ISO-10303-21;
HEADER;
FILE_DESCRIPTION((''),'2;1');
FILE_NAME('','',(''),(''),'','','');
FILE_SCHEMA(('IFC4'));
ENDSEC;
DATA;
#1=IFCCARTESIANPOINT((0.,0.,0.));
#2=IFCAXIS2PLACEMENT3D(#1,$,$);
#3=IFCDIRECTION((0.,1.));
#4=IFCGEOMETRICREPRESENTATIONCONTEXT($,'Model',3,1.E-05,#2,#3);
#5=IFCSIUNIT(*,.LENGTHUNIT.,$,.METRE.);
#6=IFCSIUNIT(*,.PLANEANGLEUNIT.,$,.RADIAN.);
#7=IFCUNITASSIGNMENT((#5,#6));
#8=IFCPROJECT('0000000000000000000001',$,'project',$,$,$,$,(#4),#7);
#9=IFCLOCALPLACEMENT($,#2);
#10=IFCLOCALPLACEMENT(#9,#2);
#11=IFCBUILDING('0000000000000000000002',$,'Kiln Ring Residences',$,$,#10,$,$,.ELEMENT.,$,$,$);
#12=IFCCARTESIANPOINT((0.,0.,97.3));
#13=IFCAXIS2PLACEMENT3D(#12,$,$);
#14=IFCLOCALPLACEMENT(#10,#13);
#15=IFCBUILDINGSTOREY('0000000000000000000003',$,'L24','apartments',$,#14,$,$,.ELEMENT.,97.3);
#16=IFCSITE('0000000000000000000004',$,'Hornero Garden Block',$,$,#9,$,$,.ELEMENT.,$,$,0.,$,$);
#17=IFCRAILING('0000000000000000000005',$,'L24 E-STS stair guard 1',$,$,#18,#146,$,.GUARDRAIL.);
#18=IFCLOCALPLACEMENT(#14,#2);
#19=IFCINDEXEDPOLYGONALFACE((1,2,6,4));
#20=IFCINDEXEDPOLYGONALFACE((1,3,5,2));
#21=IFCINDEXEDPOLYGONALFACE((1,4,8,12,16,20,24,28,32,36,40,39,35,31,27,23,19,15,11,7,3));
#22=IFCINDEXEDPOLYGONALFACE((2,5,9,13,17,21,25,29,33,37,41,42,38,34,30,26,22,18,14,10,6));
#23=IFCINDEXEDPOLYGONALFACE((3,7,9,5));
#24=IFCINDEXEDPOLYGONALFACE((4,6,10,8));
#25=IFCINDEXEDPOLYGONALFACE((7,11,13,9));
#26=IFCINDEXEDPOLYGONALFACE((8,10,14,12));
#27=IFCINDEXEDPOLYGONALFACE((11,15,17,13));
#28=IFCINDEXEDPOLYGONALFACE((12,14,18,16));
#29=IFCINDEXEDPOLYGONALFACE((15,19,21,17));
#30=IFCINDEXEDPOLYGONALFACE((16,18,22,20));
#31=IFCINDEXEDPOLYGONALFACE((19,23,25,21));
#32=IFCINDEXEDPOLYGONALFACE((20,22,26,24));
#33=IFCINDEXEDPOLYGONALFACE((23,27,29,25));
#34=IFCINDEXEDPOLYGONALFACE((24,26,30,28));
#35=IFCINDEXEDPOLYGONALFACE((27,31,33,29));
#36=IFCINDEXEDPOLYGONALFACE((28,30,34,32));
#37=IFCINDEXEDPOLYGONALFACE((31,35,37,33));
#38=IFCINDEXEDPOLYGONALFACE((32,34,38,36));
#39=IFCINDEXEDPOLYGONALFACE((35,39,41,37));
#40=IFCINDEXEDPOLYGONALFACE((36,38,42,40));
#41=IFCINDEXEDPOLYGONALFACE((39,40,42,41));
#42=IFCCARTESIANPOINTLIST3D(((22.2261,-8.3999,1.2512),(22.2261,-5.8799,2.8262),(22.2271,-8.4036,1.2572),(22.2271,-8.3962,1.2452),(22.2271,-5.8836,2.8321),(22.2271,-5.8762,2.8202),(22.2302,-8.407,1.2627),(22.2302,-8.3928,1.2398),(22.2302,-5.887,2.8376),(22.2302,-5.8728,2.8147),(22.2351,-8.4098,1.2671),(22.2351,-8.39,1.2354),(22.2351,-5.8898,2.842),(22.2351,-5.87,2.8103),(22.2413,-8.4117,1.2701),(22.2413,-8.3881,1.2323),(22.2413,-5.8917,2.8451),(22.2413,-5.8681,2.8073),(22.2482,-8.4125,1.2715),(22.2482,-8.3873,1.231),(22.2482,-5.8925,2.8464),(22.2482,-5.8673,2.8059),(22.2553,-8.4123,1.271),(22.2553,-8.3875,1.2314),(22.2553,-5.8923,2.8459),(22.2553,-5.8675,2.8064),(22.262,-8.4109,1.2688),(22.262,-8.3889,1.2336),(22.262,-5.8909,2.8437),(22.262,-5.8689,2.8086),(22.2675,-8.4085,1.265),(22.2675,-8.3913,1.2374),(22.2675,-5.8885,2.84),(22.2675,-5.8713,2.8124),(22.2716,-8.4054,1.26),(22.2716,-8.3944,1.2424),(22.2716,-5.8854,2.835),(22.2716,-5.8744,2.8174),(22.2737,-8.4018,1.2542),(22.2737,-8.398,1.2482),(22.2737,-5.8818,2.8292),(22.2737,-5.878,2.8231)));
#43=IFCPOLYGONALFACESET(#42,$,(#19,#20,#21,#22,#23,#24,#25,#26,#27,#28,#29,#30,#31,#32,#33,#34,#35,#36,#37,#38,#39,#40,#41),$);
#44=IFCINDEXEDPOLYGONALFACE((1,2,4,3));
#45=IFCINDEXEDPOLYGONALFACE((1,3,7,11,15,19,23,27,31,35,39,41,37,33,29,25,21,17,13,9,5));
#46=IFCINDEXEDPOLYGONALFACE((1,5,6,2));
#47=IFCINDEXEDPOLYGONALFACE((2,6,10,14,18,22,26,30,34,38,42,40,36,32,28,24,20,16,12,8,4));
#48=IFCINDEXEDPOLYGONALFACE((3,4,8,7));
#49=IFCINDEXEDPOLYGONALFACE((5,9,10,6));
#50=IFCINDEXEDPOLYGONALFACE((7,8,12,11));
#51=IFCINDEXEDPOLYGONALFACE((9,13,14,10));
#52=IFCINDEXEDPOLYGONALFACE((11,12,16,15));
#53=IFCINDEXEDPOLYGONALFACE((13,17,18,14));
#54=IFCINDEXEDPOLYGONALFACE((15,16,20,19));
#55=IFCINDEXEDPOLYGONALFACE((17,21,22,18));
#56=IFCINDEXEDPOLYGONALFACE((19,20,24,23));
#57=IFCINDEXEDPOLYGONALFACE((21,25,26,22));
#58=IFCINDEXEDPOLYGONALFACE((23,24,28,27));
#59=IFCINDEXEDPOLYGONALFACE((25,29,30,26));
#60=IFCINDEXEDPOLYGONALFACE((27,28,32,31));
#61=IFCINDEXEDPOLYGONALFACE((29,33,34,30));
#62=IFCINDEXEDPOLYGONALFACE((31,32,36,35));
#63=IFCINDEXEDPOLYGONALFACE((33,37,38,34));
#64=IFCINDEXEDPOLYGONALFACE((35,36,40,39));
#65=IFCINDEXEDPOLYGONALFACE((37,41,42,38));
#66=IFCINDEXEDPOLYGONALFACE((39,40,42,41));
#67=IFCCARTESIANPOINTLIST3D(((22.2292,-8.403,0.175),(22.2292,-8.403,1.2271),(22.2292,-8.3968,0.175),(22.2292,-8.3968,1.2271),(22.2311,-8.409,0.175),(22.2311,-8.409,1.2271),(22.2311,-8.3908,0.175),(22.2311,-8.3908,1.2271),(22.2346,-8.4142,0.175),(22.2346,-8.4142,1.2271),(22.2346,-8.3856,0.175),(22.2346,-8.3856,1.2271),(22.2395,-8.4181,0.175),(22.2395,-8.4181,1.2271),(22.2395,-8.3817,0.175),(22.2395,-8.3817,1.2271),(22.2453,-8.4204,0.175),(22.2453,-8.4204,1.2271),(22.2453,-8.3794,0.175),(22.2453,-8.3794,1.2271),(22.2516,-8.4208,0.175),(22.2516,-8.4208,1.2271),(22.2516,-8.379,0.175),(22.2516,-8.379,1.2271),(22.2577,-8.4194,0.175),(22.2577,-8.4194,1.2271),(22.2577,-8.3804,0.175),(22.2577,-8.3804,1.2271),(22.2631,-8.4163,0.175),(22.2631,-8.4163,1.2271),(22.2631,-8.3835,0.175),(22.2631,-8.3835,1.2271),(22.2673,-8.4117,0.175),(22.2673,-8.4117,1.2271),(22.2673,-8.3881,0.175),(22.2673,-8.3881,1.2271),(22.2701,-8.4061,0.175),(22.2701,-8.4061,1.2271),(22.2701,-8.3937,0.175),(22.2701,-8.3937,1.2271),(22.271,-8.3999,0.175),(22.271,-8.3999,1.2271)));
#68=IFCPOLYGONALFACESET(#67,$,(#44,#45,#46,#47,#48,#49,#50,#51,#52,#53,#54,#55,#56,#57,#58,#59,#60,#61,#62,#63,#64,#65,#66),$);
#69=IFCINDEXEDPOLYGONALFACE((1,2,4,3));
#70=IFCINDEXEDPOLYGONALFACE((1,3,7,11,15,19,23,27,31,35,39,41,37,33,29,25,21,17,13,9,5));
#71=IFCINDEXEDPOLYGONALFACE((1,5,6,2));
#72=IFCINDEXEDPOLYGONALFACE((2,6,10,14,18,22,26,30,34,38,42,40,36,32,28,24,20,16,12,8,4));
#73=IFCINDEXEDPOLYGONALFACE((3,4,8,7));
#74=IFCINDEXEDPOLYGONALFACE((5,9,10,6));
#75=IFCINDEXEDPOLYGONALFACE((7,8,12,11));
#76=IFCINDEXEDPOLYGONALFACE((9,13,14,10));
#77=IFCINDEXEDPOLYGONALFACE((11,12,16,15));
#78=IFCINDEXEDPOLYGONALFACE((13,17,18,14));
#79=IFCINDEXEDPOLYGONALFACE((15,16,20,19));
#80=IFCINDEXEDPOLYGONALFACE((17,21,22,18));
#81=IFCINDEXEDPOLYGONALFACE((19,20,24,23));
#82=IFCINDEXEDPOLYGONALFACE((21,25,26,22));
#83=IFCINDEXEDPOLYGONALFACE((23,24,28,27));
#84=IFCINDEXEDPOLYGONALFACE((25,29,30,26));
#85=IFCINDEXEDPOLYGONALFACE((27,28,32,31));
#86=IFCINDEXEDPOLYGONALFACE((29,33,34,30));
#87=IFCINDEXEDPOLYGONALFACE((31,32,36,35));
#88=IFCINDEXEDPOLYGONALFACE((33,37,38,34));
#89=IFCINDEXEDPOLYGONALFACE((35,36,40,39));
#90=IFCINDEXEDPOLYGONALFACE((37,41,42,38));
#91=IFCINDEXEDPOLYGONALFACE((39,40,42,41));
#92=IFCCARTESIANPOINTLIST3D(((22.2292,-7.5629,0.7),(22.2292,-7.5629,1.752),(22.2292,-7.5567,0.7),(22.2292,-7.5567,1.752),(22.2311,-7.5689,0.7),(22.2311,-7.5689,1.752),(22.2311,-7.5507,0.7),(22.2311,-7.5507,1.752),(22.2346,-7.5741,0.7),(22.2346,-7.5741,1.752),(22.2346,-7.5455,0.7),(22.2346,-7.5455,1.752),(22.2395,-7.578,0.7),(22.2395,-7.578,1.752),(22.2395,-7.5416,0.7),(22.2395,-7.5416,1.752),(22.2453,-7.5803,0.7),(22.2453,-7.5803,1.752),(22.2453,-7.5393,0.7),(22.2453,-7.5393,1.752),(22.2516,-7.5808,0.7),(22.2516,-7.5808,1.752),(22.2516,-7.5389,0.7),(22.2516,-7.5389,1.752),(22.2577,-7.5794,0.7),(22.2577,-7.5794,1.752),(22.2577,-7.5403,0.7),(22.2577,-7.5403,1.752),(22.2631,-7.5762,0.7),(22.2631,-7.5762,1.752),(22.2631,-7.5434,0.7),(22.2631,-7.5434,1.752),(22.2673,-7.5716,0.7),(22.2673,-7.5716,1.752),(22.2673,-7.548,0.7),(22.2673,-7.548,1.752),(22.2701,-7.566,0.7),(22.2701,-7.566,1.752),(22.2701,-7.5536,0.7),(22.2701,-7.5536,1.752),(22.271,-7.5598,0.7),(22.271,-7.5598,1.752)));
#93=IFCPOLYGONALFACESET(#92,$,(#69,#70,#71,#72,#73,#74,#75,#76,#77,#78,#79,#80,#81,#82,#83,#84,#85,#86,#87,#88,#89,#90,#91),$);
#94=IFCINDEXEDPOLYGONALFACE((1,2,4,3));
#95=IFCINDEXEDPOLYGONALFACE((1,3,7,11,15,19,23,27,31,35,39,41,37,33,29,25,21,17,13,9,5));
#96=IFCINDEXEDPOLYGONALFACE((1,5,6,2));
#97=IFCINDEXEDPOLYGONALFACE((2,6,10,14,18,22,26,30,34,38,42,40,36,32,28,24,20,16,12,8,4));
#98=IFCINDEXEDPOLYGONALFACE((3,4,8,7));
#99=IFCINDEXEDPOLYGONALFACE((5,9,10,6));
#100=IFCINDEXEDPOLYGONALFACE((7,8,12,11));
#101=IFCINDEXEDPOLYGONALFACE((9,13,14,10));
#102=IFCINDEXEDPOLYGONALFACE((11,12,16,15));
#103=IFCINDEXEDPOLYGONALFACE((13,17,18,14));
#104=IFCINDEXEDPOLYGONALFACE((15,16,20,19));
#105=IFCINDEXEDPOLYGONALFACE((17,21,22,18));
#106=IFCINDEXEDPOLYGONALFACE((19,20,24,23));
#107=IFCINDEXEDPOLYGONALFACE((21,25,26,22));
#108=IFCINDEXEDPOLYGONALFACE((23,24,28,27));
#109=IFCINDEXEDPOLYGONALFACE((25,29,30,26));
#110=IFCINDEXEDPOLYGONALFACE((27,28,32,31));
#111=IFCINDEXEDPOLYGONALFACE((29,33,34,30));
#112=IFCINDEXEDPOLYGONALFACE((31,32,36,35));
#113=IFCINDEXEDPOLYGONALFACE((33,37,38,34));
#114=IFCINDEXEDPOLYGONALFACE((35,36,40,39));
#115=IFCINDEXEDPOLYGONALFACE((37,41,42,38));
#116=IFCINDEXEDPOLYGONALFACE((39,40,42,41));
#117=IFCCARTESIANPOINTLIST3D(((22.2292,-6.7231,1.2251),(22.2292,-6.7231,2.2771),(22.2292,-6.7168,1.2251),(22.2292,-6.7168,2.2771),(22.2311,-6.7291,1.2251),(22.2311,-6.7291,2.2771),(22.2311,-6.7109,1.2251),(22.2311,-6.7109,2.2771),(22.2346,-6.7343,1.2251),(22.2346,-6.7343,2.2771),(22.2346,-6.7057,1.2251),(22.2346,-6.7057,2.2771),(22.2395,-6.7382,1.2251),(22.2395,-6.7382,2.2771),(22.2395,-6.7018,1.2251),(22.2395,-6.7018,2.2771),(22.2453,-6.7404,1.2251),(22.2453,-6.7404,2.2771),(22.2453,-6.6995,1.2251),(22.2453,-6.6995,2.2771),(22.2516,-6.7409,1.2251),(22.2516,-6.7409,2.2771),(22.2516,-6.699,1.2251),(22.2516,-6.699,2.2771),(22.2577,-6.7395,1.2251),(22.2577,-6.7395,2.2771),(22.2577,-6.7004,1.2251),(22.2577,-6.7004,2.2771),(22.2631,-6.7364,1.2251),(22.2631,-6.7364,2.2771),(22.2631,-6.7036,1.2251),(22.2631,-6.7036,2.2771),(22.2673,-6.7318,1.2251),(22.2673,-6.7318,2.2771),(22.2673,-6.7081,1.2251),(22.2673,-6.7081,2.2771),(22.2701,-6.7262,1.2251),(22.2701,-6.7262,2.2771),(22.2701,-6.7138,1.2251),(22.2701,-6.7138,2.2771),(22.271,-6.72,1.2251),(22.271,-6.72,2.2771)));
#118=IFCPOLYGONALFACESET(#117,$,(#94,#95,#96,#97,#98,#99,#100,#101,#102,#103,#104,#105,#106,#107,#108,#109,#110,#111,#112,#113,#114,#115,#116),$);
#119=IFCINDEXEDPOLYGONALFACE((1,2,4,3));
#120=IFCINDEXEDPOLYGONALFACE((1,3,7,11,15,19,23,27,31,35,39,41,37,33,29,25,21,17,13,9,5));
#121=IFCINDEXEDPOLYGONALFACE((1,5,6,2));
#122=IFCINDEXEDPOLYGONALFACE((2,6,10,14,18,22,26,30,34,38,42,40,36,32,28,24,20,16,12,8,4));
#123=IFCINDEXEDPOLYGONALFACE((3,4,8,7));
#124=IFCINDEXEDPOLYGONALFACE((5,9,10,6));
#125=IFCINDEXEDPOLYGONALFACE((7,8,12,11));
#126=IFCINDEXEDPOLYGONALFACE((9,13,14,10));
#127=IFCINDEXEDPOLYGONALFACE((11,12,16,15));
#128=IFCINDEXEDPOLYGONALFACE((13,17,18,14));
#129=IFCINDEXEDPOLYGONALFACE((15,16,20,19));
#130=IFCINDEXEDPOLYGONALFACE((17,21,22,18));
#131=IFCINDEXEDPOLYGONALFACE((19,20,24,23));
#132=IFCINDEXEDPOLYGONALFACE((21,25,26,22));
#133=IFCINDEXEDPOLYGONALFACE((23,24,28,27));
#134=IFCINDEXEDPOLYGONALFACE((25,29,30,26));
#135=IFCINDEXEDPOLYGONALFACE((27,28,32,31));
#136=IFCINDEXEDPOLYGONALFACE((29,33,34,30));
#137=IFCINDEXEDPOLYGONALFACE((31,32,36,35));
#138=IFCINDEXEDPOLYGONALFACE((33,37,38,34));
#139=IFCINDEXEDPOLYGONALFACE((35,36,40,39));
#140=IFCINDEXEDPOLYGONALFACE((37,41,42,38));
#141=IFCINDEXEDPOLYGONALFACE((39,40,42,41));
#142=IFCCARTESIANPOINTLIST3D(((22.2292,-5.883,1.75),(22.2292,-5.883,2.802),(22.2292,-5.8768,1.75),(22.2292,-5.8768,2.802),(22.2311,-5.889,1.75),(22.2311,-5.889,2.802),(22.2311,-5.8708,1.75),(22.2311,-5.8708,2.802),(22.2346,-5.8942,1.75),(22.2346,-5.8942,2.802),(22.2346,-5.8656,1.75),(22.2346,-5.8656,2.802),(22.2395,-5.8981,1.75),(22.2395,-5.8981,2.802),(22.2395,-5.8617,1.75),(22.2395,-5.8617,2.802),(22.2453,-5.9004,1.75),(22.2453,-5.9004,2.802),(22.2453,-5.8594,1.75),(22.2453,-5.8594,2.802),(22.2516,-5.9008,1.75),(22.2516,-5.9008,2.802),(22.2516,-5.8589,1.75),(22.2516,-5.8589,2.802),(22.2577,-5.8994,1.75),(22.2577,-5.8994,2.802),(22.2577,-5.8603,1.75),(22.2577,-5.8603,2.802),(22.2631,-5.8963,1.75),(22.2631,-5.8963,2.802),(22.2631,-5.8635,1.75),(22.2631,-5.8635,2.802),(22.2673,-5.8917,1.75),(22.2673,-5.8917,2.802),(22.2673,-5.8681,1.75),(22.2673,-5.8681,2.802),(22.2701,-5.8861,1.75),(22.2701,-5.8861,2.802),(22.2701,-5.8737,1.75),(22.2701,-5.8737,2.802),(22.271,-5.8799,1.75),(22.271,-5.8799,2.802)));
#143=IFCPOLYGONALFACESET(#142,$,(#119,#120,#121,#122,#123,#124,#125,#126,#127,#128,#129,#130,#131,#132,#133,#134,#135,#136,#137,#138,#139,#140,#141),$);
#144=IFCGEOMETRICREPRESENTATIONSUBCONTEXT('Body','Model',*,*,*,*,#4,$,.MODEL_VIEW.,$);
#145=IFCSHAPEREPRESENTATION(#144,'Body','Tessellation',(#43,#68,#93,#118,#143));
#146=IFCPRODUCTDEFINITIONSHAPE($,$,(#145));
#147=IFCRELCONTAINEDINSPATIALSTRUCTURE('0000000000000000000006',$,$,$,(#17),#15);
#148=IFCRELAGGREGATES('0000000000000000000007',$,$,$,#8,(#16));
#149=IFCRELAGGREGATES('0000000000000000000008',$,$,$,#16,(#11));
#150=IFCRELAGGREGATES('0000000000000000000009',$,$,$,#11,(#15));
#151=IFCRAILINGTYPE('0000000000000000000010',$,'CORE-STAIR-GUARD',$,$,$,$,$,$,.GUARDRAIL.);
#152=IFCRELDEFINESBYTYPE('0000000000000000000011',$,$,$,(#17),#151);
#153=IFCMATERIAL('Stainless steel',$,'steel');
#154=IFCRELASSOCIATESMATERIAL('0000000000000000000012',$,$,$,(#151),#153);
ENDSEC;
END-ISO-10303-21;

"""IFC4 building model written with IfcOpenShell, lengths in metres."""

from ifc_helpers import new_model, si_unit, direction, frame, origin, origin_2d, place, context, subcontext, project, spatial, circle, extrude, material, type_object, element, save


model = new_model("IFC4")

# Units and contexts
model_context = context("Model", 3, precision=1e-05, world=origin(), true_north=direction((0.0, 1.0)))
body_context = subcontext(model_context, "Body", "Model", "MODEL_VIEW")
ifc_project = project(units=[si_unit("LENGTHUNIT", "METRE"), si_unit("PLANEANGLEUNIT", "RADIAN")], contexts=[model_context])

# Site, building, storey
site_placement = place(None, origin())
site = spatial("IfcSite", under=ifc_project, at=site_placement, Name="Hornero Garden Block", CompositionType="ELEMENT", RefElevation=0.0)
building_placement = place(site_placement, origin())
building = spatial("IfcBuilding", under=site, at=building_placement, Name="Kiln Ring Residences", CompositionType="ELEMENT")
storey_placement = place(building_placement, frame((0.0, 0.0, 97.3)))
storey = spatial("IfcBuildingStorey", under=building, at=storey_placement, Name="L24", Description="apartments", CompositionType="ELEMENT", Elevation=97.3)

# Railing
ifc_material_1 = material(Name="Stainless steel", Category="steel")
railing_type_1 = type_object("IfcRailingType", Name="CORE-STAIR-GUARD", PredefinedType="GUARDRAIL", material=ifc_material_1)
railing_1_placement = place(storey_placement, frame((22.25, -8.3999, 0.175)))
element("IfcRailing", 1, at=railing_1_placement, inside=storey, type_object=railing_type_1, Name="L24 E-STS stair guard 1", PredefinedType="GUARDRAIL", context=body_context, shape_type="SweptSolid", body=[
    extrude(circle(Radius=0.0239, at=origin_2d()), frame((0.0, 0.0, 1.0762), z_axis=(0.0, 0.848008, 0.529984), x_axis=(-1.0, 0.0, 0.0)), (0.0, 0.0, 1.0), 2.9717),
    extrude(circle(Radius=0.021, at=origin_2d()), origin(), (0.0, 0.0, 1.0), 1.052),
    extrude(circle(Radius=0.021, at=origin_2d()), frame((0.0, 0.8401, 0.5249)), (0.0, 0.0, 1.0), 1.052),
    extrude(circle(Radius=0.021, at=origin_2d()), frame((0.0, 1.6799, 1.05)), (0.0, 0.0, 1.0), 1.052),
    extrude(circle(Radius=0.021, at=origin_2d()), frame((0.0, 2.52, 1.575)), (0.0, 0.0, 1.0), 1.052),
])

save(model, "model.ifc")
